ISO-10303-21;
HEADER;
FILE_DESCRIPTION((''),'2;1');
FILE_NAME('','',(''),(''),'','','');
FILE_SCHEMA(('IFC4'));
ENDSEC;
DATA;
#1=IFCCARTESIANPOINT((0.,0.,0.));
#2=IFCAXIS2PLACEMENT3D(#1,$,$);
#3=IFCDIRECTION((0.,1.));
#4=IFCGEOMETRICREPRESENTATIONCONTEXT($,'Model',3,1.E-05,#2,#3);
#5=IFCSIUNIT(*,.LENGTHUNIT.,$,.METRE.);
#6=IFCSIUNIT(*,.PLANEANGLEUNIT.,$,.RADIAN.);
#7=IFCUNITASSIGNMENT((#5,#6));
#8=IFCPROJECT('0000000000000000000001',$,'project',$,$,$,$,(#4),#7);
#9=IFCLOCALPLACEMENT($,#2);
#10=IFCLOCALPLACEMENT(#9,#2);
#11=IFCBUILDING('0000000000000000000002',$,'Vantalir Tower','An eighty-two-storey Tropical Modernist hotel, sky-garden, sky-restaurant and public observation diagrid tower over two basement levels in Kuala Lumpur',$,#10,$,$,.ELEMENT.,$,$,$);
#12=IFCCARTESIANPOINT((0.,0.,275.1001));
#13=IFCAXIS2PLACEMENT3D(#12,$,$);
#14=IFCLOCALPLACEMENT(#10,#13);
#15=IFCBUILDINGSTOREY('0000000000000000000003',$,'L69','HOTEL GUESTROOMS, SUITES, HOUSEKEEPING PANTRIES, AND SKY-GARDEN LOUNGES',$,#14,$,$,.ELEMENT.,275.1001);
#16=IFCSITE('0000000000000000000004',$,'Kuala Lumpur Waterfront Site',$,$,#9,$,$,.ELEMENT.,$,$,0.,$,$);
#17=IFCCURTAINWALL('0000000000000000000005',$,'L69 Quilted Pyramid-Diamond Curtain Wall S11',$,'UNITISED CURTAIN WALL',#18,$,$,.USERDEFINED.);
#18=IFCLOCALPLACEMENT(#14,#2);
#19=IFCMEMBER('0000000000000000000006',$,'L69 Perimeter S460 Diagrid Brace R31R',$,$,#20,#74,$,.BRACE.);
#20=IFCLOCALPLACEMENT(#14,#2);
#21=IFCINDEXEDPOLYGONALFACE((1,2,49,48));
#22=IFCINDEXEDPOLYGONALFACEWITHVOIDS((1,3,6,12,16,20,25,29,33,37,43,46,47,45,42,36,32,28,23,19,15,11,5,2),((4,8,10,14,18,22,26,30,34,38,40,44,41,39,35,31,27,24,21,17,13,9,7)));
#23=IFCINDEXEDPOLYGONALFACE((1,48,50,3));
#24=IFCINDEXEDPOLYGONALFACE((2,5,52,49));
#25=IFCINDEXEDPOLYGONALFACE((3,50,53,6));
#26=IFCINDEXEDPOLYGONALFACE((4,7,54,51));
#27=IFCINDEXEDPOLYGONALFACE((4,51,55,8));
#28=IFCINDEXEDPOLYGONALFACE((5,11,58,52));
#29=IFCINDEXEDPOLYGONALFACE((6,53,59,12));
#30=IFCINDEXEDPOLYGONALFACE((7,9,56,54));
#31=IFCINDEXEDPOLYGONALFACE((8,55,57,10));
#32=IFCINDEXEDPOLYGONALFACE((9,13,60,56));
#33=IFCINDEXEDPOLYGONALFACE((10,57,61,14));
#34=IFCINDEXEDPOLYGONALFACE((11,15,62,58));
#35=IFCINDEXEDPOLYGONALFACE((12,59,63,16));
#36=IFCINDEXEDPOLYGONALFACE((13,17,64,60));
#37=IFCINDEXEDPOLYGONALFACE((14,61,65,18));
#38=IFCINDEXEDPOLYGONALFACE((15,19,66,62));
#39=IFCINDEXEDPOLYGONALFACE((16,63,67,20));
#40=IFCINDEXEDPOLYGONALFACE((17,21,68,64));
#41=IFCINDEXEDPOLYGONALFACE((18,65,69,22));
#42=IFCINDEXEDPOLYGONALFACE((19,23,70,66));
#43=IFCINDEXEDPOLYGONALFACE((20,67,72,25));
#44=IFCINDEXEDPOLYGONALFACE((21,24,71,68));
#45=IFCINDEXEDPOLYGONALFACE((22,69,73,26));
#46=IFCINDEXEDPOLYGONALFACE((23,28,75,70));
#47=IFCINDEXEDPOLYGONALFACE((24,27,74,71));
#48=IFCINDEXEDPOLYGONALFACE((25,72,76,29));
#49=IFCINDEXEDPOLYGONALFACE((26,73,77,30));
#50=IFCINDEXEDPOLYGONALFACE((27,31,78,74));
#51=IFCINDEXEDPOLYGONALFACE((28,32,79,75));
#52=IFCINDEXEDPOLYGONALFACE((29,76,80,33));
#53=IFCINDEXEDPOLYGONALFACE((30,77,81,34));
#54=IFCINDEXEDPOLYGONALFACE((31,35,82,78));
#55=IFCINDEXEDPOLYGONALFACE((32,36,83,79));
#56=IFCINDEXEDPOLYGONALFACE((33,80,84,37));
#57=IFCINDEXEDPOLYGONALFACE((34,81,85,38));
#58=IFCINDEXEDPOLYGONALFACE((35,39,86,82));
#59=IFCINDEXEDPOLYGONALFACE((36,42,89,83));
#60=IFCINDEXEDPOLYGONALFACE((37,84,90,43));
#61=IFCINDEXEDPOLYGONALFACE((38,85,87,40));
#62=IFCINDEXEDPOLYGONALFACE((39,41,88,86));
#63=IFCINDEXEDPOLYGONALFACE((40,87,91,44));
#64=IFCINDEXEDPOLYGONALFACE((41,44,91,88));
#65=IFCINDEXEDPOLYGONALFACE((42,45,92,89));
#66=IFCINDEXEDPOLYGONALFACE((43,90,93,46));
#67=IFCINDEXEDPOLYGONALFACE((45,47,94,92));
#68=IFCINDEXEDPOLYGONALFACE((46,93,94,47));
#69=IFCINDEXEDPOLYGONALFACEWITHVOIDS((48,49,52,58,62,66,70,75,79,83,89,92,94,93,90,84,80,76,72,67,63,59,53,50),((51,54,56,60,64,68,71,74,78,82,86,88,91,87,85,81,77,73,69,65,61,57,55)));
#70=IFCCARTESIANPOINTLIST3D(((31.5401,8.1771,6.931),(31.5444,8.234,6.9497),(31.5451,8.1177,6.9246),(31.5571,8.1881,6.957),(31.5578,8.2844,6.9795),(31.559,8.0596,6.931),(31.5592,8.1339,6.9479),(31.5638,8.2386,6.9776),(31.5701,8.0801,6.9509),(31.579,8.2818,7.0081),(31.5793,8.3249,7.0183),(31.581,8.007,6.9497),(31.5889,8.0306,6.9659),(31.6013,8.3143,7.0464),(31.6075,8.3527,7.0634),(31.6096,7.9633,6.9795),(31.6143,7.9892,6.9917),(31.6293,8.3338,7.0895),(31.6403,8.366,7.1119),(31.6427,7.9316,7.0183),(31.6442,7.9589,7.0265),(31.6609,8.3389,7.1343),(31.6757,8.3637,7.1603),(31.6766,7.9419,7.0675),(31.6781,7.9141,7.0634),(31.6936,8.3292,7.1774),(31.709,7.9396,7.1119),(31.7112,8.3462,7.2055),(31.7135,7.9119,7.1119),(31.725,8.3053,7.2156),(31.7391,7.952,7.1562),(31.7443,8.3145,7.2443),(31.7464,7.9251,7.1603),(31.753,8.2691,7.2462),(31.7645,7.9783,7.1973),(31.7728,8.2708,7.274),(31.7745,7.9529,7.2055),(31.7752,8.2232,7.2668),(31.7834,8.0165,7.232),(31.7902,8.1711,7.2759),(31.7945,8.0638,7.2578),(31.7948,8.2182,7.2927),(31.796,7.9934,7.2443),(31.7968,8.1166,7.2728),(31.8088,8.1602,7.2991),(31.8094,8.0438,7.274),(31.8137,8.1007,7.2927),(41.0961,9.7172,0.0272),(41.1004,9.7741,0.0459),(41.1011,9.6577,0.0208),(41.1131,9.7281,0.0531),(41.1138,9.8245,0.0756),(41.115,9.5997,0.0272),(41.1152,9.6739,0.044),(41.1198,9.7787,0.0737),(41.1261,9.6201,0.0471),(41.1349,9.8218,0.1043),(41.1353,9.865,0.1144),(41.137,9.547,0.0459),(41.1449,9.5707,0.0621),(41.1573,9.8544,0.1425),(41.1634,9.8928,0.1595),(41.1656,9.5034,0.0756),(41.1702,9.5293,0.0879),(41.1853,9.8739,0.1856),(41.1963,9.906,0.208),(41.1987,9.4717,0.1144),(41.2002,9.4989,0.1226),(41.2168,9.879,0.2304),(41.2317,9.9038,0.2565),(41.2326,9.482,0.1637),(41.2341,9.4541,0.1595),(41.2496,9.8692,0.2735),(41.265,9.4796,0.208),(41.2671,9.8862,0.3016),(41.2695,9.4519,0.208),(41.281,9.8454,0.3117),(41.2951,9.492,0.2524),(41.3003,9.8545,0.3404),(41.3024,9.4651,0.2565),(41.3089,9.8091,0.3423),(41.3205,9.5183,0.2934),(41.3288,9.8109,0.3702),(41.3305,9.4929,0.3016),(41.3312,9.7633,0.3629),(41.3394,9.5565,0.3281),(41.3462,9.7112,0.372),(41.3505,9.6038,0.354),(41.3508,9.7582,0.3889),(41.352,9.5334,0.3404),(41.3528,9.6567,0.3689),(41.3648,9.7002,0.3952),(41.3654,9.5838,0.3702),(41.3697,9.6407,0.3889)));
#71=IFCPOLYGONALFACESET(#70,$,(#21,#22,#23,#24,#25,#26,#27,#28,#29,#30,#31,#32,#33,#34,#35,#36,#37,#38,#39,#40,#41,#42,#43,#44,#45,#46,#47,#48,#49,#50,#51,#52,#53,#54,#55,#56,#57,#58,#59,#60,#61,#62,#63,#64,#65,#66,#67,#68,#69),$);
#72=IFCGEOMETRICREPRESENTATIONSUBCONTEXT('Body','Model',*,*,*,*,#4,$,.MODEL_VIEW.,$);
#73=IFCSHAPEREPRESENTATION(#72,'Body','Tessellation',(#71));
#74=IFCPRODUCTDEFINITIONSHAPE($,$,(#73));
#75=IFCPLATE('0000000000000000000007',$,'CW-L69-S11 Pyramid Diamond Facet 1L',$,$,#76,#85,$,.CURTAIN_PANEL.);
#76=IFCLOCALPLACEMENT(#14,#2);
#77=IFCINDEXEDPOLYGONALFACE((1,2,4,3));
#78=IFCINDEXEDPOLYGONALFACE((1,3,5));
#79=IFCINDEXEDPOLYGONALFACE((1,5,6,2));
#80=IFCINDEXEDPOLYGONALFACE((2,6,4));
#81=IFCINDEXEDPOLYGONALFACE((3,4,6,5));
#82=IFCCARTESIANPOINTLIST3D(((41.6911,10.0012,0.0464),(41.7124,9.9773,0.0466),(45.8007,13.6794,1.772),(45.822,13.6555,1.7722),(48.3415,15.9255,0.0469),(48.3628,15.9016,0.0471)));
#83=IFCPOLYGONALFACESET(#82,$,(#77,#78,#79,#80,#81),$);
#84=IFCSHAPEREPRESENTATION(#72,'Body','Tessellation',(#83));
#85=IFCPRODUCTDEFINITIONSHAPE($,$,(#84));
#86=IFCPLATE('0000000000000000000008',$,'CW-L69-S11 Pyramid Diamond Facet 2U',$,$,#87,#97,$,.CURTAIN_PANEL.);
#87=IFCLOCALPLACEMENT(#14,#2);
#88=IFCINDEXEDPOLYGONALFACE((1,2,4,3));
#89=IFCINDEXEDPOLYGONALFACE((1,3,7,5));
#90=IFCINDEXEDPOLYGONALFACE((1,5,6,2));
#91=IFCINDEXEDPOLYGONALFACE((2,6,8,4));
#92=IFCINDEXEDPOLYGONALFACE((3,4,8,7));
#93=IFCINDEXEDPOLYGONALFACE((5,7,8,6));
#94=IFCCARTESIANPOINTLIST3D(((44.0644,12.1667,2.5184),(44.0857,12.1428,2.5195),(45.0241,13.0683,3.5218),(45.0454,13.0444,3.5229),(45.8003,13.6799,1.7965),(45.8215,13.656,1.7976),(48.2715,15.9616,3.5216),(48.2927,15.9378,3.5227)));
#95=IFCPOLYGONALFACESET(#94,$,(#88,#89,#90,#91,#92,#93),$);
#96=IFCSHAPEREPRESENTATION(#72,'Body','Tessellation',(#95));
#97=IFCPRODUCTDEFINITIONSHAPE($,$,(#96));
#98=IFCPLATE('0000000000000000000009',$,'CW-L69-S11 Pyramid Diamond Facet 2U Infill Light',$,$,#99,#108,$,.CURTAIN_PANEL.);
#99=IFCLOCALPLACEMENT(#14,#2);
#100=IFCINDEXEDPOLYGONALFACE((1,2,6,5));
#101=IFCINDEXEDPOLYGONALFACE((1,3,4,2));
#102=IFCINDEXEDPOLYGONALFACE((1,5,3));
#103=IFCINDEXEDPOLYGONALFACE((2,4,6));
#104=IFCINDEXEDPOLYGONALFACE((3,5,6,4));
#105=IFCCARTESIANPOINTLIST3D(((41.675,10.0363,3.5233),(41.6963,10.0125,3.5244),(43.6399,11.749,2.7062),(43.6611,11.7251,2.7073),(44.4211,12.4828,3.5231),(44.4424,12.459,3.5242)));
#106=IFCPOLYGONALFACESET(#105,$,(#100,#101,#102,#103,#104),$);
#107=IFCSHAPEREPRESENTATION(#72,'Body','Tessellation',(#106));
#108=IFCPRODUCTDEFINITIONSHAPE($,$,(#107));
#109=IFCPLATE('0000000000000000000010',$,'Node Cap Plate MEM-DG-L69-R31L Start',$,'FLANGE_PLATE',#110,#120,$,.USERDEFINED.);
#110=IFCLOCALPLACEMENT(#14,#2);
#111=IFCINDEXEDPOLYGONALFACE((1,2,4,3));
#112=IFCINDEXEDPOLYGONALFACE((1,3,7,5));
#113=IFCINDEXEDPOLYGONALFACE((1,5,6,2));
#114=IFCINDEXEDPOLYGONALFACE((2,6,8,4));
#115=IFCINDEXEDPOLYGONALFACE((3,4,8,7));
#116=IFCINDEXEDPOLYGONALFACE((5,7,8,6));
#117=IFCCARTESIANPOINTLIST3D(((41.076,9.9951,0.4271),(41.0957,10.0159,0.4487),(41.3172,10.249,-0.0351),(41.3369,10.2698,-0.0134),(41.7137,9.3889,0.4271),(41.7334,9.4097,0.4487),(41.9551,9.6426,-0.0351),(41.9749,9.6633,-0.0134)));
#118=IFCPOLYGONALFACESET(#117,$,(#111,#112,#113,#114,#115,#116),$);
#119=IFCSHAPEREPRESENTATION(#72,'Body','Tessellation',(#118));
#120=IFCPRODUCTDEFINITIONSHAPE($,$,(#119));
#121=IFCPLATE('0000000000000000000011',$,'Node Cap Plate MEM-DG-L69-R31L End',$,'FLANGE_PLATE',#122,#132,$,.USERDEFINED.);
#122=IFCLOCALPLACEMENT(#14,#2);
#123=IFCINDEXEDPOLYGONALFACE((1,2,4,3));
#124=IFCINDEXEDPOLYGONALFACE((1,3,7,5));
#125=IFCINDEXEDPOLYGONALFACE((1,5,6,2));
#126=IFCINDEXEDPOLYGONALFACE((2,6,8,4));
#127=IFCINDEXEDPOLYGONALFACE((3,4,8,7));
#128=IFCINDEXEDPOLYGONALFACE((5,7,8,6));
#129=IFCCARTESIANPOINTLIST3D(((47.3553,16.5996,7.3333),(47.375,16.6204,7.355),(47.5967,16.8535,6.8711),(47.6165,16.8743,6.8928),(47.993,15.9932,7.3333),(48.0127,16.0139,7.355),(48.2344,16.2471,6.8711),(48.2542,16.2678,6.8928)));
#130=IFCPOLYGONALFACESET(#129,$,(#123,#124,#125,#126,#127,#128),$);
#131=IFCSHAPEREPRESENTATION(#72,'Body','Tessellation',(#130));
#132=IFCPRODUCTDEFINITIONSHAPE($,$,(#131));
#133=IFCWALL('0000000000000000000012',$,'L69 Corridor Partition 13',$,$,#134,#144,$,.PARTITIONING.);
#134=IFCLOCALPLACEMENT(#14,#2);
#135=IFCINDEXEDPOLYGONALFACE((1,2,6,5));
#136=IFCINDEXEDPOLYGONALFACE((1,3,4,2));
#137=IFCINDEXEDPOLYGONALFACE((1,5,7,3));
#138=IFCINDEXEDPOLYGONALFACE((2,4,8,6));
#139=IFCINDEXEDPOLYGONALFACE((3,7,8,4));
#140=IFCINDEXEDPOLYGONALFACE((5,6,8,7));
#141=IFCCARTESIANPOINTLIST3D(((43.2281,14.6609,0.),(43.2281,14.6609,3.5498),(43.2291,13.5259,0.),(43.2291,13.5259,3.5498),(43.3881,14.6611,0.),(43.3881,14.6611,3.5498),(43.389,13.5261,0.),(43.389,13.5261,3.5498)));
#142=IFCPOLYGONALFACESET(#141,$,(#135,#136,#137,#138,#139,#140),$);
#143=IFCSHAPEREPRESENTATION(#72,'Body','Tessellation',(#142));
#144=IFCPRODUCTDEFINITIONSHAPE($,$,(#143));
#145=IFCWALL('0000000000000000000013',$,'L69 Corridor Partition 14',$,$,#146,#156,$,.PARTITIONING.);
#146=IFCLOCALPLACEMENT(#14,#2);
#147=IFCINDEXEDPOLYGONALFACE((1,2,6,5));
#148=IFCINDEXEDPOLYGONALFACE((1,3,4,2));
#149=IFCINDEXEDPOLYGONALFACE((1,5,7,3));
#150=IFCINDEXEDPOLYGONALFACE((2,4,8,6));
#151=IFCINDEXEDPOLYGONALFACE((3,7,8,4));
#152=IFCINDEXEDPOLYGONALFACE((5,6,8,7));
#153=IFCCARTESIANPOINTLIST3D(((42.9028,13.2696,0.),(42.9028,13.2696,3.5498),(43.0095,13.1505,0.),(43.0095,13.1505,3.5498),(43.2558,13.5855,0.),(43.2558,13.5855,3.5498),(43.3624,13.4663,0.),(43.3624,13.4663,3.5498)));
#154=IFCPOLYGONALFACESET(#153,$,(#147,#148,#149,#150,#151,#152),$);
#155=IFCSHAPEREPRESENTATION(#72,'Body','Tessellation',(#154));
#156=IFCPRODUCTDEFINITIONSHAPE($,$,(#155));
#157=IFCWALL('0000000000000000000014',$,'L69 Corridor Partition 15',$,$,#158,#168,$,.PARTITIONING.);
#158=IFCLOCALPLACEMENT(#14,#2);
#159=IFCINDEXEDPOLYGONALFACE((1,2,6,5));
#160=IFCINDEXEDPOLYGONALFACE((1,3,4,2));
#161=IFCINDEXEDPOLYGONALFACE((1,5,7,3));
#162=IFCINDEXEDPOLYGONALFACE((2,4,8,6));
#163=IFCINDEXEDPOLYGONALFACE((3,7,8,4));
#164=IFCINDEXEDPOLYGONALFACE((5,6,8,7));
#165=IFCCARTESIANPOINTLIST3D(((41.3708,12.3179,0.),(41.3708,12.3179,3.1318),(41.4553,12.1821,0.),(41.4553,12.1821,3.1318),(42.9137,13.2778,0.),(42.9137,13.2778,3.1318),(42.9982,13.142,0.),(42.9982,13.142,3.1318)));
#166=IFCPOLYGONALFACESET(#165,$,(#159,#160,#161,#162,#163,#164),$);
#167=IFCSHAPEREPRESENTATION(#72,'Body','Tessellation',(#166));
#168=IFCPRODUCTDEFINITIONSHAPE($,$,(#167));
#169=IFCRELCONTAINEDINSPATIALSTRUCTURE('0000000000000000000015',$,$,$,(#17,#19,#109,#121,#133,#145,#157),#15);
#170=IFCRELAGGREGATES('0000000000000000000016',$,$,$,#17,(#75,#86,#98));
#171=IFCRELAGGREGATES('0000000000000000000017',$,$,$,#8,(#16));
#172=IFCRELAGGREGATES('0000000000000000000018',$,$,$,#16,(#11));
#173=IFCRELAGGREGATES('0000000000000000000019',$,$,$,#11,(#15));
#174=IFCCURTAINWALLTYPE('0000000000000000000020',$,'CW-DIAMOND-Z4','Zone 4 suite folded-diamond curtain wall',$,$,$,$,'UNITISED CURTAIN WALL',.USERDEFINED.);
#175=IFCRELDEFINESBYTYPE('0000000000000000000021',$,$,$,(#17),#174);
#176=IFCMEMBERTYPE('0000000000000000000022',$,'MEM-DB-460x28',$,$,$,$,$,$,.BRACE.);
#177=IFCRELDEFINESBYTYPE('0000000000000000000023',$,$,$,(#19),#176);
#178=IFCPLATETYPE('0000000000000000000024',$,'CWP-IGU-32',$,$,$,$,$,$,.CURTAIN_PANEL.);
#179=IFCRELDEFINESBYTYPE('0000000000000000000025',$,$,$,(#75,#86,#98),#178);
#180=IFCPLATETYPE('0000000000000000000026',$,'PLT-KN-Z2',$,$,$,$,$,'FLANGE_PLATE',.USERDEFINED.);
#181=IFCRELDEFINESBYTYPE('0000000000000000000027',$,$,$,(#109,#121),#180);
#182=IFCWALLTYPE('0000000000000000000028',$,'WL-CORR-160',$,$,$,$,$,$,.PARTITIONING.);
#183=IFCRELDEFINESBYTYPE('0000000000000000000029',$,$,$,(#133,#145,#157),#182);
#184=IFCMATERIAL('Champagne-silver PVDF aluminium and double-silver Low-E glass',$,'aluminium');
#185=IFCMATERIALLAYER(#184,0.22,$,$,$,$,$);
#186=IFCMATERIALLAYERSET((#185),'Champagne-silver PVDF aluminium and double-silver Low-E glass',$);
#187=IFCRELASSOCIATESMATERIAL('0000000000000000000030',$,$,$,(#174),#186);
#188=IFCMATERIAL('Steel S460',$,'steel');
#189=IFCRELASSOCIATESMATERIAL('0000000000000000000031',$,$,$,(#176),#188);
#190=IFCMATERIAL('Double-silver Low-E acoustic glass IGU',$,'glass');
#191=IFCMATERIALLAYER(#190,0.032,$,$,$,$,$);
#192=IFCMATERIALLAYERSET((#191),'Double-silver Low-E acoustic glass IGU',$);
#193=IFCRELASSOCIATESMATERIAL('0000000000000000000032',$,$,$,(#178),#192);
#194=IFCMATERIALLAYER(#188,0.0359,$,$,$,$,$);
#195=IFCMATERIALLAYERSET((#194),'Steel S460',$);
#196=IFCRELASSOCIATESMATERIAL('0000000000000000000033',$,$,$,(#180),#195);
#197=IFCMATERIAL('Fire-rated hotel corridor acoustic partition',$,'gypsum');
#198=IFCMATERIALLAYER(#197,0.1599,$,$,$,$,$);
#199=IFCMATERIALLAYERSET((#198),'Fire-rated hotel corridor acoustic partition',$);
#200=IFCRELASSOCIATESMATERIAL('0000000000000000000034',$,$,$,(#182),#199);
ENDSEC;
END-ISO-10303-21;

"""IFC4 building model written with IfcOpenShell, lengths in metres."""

from ifc_helpers import new_model, si_unit, direction, frame, frame_2d, origin, origin_2d, place, context, subcontext, project, spatial, polyline, rectangle, hollow_circle, outline, extrude, material, layer, layer_set, material_profile, profile_set, type_object, element, aggregate, save


model = new_model("IFC4")

# Units and contexts
model_context = context("Model", 3, precision=1e-05, world=origin(), true_north=direction((0.0, 1.0)))
body_context = subcontext(model_context, "Body", "Model", "MODEL_VIEW")
ifc_project = project(units=[si_unit("LENGTHUNIT", "METRE"), si_unit("PLANEANGLEUNIT", "RADIAN")], contexts=[model_context])

# Site, building, storey
site_placement = place(None, origin())
site = spatial("IfcSite", under=ifc_project, at=site_placement, Name="Kuala Lumpur Waterfront Site", CompositionType="ELEMENT", RefElevation=0.0)
building_placement = place(site_placement, origin())
building = spatial("IfcBuilding", under=site, at=building_placement, Name="Vantalir Tower", Description="An eighty-two-storey Tropical Modernist hotel, sky-garden, sky-restaurant and public observation diagrid tower over two basement levels in Kuala Lumpur", CompositionType="ELEMENT")
storey_placement = place(building_placement, frame((0.0, 0.0, 275.1001)))
storey = spatial("IfcBuildingStorey", under=building, at=storey_placement, Name="L69", Description="HOTEL GUESTROOMS, SUITES, HOUSEKEEPING PANTRIES, AND SKY-GARDEN LOUNGES", CompositionType="ELEMENT", Elevation=275.1001)

# Shared definitions
ifc_material_1 = material(Name="Steel S460", Category="steel")

# Curtain wall
ifc_material_2 = material(Name="Champagne-silver PVDF aluminium and double-silver Low-E glass", Category="aluminium")
ifc_layer_1 = layer(ifc_material_2, 0.22)
ifc_layer_set_1 = layer_set([ifc_layer_1], Name="Champagne-silver PVDF aluminium and double-silver Low-E glass")
curtain_wall_type = type_object("IfcCurtainWallType", Name="CW-DIAMOND-Z4", Description="Zone 4 suite folded-diamond curtain wall", ElementType="UNITISED CURTAIN WALL", PredefinedType="USERDEFINED", material=ifc_layer_set_1)
curtain_wall_placement = place(storey_placement, origin())
curtain_wall = element("IfcCurtainWall", 1, at=curtain_wall_placement, inside=storey, type_object=curtain_wall_type, Name="L69 Quilted Pyramid-Diamond Curtain Wall S11", ObjectType="UNITISED CURTAIN WALL", PredefinedType="USERDEFINED")

# Member
ifc_material_profile_1 = material_profile(ifc_material_1, hollow_circle(Radius=0.23, WallThickness=0.0281, at=origin_2d()), Name="Steel S460")
ifc_profile_set_1 = profile_set([ifc_material_profile_1], Name="Steel S460")
member_type_1 = type_object("IfcMemberType", Name="MEM-DB-460x28", PredefinedType="BRACE", material=ifc_profile_set_1)
member_1_placement = place(storey_placement, frame((41.2329, 9.679, 0.208), z_axis=(-0.803757, -0.129534, 0.580686), x_axis=(0.159108, -0.987261, 0.0)))
element("IfcMember", 2, at=member_1_placement, inside=storey, type_object=member_type_1, Name="L69 Perimeter S460 Diagrid Brace R31R", PredefinedType="BRACE", context=body_context, shape_type="SweptSolid", body=[
    extrude(hollow_circle(Radius=0.23, WallThickness=0.0281, at=origin_2d()), origin(), (0.0, 0.0, 1.0), 11.8892),
])

# Plates
ifc_material_3 = material(Name="Double-silver Low-E acoustic glass IGU", Category="glass")
ifc_layer_2 = layer(ifc_material_3, 0.032)
ifc_layer_set_2 = layer_set([ifc_layer_2], Name="Double-silver Low-E acoustic glass IGU")
plate_type_1 = type_object("IfcPlateType", Name="CWP-IGU-32", PredefinedType="CURTAIN_PANEL", material=ifc_layer_set_2)
plate_1_placement = place(storey_placement, frame((41.7124, 9.9773, 0.0466), z_axis=(0.665151, -0.746671, 0.007479), x_axis=(0.746692, 0.66517, 0.000055)))
plate_1 = element("IfcPlate", 3, at=plate_1_placement, type_object=plate_type_1, Name="CW-L69-S11 Pyramid Diamond Facet 1L", PredefinedType="CURTAIN_PANEL", context=body_context, shape_type="SweptSolid", body=[
    extrude(outline(polyline([(0.0, 0.0), (8.9065, 0.0), (5.5154, 1.7253), (0.0, 0.0)])), origin(), (0.0, 0.0, -1.0), 0.032),
])
plate_2_placement = place(storey_placement, frame((45.0454, 13.0444, 3.5229), z_axis=(0.664843, -0.746182, 0.034576), x_axis=(0.74663, 0.66524, -0.000056)))
plate_2 = element("IfcPlate", 4, at=plate_2_placement, type_object=plate_type_1, Name="CW-L69-S11 Pyramid Diamond Facet 2U", PredefinedType="CURTAIN_PANEL", context=body_context, shape_type="SweptSolid", body=[
    extrude(outline(polyline([(0.0, 0.0), (4.3493, 0.0), (0.9864, -1.7263), (-1.3163, -1.0041), (0.0, 0.0)])), origin(), (0.0, 0.0, -1.0), 0.032),
])
plate_3_placement = place(storey_placement, frame((41.6963, 10.0125, 3.5244), z_axis=(0.664812, -0.74621, 0.034581), x_axis=(0.746658, 0.665208, -0.000066)))
plate_3 = element("IfcPlate", 5, at=plate_3_placement, type_object=plate_type_1, Name="CW-L69-S11 Pyramid Diamond Facet 2U Infill Light", PredefinedType="CURTAIN_PANEL", context=body_context, shape_type="SweptSolid", body=[
    extrude(outline(polyline([(0.0, 0.0), (3.6778, 0.0), (2.6064, -0.8175), (0.0, 0.0)])), origin(), (0.0, 0.0, -1.0), 0.032),
])
aggregate(curtain_wall, [plate_1, plate_2, plate_3])

# Plates
ifc_layer_3 = layer(ifc_material_1, 0.0359)
ifc_layer_set_3 = layer_set([ifc_layer_3], Name="Steel S460")
plate_type_2 = type_object("IfcPlateType", Name="PLT-KN-Z2", ElementType="FLANGE_PLATE", PredefinedType="USERDEFINED", material=ifc_layer_set_3)
plate_4_placement = place(storey_placement, frame((41.9749, 9.6633, -0.0134), z_axis=(0.549133, 0.577657, 0.603958), x_axis=(-0.724773, 0.688988, -0.000002)))
element("IfcPlate", 6, at=plate_4_placement, inside=storey, type_object=plate_type_2, Name="Node Cap Plate MEM-DG-L69-R31L Start", ObjectType="FLANGE_PLATE", PredefinedType="USERDEFINED", context=body_context, shape_type="SweptSolid", body=[
    extrude(outline(polyline([(0.0, 0.0), (0.8802, 0.0), (0.8801, 0.5799), (0.0002, 0.5799), (0.0, 0.0)])), origin(), (0.0, 0.0, -1.0), 0.0359),
])
plate_5_placement = place(storey_placement, frame((48.2542, 16.2678, 6.8928), z_axis=(0.549148, 0.577445, 0.604147), x_axis=(-0.724639, 0.689129, 0.0)))
element("IfcPlate", 7, at=plate_5_placement, inside=storey, type_object=plate_type_2, Name="Node Cap Plate MEM-DG-L69-R31L End", ObjectType="FLANGE_PLATE", PredefinedType="USERDEFINED", context=body_context, shape_type="SweptSolid", body=[
    extrude(outline(polyline([(0.0, 0.0), (0.88, 0.0), (0.88, 0.58), (0.0, 0.58), (0.0, 0.0)])), origin(), (0.0, 0.0, -1.0), 0.0359),
])

# Walls
ifc_material_4 = material(Name="Fire-rated hotel corridor acoustic partition", Category="gypsum")
ifc_layer_4 = layer(ifc_material_4, 0.1599)
ifc_layer_set_4 = layer_set([ifc_layer_4], Name="Fire-rated hotel corridor acoustic partition")
wall_type_1 = type_object("IfcWallType", Name="WL-CORR-160", PredefinedType="PARTITIONING", material=ifc_layer_set_4)
wall_1_placement = place(storey_placement, frame((43.3081, 14.6609, 0.0), z_axis=(0.0, 0.0, 1.0), x_axis=(0.00086, -1.0, 0.0)))
element("IfcWall", 8, at=wall_1_placement, inside=storey, type_object=wall_type_1, Name="L69 Corridor Partition 13", PredefinedType="PARTITIONING", context=body_context, shape_type="SweptSolid", body=[
    extrude(rectangle(XDim=1.135, YDim=0.1599, at=frame_2d((0.5674, 0.0))), origin(), (0.0, 0.0, 1.0), 3.5498),
])
wall_2_placement = place(storey_placement, frame((43.3091, 13.5259, 0.0), z_axis=(0.0, 0.0, 1.0), x_axis=(-0.745187, -0.666855, 0.0)))
element("IfcWall", 9, at=wall_2_placement, inside=storey, type_object=wall_type_1, Name="L69 Corridor Partition 14", PredefinedType="PARTITIONING", context=body_context, shape_type="SweptSolid", body=[
    extrude(rectangle(XDim=0.4736, YDim=0.1599, at=frame_2d((0.2368, 0.0))), origin(), (0.0, 0.0, 1.0), 3.5498),
])
wall_3_placement = place(storey_placement, frame((42.9561, 13.21, 0.0), z_axis=(0.0, 0.0, 1.0), x_axis=(-0.849083, -0.528259, 0.0)))
element("IfcWall", 10, at=wall_3_placement, inside=storey, type_object=wall_type_1, Name="L69 Corridor Partition 15", PredefinedType="PARTITIONING", context=body_context, shape_type="SweptSolid", body=[
    extrude(rectangle(XDim=1.8171, YDim=0.1599, at=frame_2d((0.9087, 0.0))), origin(), (0.0, 0.0, 1.0), 3.1318),
])

save(model, "model.ifc")
